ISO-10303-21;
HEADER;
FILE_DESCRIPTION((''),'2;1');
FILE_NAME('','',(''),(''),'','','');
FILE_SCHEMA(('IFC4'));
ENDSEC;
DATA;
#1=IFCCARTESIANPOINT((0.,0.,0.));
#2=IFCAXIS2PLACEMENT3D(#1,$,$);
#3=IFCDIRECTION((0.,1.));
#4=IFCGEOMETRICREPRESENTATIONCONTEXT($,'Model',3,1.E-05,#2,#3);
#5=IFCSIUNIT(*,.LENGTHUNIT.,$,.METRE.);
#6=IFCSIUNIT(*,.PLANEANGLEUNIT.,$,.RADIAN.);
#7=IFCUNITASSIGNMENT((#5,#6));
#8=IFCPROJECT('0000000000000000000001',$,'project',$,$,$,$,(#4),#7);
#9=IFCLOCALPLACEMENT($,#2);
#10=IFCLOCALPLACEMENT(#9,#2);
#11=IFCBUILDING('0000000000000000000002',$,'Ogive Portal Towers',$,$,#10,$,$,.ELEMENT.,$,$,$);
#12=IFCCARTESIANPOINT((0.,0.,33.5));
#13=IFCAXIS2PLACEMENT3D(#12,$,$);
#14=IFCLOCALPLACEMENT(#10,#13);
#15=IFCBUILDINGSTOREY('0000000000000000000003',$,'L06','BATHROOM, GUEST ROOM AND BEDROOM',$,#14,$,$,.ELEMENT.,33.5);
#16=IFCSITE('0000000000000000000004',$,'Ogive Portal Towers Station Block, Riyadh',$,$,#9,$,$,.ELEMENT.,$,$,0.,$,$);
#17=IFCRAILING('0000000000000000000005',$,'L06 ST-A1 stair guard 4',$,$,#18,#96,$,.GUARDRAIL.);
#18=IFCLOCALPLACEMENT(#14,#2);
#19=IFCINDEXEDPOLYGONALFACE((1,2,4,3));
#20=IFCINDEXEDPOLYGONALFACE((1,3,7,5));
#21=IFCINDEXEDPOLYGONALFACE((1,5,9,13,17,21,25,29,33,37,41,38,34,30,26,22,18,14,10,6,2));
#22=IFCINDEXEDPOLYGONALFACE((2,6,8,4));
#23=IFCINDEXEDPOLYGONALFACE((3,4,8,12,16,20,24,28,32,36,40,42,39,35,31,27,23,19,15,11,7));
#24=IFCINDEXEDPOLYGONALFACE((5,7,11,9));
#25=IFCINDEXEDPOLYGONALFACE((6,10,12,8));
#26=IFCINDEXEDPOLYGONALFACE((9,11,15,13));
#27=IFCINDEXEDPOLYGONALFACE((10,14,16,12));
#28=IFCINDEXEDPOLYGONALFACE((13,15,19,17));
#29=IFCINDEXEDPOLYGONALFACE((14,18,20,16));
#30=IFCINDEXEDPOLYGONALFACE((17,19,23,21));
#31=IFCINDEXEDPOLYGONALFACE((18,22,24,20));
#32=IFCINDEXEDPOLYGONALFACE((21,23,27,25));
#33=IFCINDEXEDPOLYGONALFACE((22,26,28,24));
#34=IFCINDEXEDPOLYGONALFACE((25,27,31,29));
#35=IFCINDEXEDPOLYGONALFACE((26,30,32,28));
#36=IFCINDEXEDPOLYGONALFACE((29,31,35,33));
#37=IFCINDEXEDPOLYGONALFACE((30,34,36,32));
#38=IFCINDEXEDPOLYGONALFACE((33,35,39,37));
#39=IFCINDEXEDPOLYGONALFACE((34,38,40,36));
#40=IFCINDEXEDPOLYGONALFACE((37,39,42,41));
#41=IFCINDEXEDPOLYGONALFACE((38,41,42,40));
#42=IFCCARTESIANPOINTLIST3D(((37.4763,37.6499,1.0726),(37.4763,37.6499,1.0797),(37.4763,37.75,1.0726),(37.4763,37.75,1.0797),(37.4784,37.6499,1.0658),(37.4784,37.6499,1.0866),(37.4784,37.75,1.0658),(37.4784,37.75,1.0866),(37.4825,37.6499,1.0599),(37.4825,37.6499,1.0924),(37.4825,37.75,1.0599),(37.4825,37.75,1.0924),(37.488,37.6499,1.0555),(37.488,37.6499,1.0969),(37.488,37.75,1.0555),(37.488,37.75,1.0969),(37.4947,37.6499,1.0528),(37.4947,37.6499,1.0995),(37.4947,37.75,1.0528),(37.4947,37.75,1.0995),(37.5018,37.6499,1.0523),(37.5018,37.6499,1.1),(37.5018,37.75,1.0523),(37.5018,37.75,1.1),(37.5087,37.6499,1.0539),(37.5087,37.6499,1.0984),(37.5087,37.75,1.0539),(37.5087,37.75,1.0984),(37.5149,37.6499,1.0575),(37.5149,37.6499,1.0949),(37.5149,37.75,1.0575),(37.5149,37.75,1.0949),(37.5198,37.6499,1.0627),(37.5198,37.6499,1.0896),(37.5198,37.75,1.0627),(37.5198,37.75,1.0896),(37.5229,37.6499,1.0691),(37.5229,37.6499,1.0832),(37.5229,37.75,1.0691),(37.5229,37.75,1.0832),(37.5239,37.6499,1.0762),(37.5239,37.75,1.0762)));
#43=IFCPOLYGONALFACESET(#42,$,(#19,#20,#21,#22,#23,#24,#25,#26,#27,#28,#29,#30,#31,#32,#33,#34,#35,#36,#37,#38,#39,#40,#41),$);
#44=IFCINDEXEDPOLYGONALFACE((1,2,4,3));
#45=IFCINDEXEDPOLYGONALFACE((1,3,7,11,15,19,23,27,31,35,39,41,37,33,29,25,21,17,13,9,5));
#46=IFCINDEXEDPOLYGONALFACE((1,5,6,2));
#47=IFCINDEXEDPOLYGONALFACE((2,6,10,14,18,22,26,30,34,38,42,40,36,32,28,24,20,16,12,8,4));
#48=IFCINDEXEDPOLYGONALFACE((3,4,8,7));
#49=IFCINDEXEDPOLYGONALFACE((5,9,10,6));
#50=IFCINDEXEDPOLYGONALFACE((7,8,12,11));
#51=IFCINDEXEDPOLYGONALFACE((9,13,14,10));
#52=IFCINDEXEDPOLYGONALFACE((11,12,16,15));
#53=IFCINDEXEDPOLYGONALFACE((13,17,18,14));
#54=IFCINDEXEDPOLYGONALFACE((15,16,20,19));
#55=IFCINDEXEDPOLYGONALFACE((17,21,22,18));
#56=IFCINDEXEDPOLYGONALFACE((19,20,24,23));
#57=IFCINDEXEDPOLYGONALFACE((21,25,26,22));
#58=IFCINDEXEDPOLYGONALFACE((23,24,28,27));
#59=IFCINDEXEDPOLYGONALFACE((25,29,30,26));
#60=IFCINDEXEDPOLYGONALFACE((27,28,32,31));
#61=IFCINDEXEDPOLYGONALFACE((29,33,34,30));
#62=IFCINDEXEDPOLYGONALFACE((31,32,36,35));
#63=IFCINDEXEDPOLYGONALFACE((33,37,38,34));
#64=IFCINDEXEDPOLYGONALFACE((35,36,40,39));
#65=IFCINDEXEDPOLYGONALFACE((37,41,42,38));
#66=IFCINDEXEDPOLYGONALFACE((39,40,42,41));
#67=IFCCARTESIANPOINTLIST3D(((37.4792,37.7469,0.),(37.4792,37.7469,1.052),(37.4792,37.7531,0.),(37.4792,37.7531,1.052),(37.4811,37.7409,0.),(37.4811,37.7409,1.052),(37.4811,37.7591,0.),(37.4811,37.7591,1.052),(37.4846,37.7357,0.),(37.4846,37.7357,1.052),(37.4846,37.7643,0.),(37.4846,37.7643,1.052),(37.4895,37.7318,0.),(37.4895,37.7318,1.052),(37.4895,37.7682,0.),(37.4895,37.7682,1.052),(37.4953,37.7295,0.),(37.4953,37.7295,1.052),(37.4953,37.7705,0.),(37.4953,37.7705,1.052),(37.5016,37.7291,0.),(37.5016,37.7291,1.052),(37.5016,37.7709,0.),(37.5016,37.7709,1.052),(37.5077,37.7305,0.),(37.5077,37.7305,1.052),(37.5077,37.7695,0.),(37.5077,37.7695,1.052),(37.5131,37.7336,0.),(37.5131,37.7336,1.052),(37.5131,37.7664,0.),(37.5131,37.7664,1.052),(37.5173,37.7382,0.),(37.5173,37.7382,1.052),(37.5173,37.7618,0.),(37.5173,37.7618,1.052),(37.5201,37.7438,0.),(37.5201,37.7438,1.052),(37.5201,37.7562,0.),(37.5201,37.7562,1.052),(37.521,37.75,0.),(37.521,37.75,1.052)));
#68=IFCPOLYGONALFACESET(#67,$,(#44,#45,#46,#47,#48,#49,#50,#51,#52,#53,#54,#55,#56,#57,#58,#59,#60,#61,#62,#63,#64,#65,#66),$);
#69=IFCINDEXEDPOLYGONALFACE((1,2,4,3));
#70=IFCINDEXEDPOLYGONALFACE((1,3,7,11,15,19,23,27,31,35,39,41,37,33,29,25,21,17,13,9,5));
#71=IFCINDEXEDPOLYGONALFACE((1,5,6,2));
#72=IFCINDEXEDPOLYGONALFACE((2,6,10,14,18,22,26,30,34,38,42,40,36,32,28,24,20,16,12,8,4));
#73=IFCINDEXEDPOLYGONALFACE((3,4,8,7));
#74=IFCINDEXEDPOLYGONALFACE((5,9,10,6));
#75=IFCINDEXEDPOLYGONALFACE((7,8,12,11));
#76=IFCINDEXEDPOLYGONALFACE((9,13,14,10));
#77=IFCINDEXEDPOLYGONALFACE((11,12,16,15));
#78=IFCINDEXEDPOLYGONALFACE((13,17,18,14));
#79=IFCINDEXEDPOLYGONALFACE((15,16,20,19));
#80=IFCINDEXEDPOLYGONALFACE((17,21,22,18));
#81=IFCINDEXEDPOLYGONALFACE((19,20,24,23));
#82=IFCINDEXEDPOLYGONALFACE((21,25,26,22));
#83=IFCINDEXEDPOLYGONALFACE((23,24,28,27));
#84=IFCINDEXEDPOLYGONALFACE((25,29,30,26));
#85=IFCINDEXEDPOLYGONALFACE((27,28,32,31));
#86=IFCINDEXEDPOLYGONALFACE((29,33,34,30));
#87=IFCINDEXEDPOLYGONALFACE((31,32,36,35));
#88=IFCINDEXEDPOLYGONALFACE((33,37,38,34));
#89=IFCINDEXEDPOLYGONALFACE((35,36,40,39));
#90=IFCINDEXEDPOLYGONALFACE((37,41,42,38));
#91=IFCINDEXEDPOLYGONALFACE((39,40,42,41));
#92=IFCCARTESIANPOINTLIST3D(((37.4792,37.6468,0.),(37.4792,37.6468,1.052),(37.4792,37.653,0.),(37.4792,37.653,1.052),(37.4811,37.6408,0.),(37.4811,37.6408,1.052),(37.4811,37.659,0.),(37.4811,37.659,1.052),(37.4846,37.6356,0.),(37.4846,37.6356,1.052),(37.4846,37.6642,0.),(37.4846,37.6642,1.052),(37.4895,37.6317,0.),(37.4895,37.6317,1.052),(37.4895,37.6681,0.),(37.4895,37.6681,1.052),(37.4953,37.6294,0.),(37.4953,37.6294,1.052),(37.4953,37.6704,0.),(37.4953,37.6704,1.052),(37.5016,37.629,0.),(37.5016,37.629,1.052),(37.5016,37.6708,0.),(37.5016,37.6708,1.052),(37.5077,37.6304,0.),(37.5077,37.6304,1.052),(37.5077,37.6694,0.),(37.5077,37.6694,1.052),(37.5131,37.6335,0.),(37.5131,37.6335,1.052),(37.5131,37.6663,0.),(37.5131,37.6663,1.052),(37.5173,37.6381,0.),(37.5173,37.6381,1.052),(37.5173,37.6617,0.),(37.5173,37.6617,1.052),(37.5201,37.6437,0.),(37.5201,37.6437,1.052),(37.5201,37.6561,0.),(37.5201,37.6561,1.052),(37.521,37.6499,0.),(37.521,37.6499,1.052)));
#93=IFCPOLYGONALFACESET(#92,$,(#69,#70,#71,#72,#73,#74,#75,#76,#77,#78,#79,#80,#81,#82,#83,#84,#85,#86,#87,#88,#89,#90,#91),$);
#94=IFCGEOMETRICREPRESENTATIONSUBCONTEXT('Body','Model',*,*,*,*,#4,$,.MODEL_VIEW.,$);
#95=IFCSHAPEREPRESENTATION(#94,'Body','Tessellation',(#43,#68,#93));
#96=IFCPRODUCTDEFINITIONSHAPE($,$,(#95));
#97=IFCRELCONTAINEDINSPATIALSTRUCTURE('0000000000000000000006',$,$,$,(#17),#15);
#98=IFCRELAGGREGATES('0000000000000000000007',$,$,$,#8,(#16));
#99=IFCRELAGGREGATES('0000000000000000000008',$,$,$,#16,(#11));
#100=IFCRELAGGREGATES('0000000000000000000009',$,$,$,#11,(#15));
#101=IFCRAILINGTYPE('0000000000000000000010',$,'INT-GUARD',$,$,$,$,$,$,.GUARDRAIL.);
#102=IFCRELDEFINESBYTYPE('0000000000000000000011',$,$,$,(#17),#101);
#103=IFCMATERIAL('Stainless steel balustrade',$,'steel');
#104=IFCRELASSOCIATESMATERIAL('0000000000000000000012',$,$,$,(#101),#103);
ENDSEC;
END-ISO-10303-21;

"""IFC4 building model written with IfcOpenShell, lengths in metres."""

from ifc_helpers import new_model, si_unit, direction, frame, origin, origin_2d, place, context, subcontext, project, spatial, circle, extrude, material, type_object, element, save


model = new_model("IFC4")

# Units and contexts
model_context = context("Model", 3, precision=1e-05, world=origin(), true_north=direction((0.0, 1.0)))
body_context = subcontext(model_context, "Body", "Model", "MODEL_VIEW")
ifc_project = project(units=[si_unit("LENGTHUNIT", "METRE"), si_unit("PLANEANGLEUNIT", "RADIAN")], contexts=[model_context])

# Site, building, storey
site_placement = place(None, origin())
site = spatial("IfcSite", under=ifc_project, at=site_placement, Name="Ogive Portal Towers Station Block, Riyadh", CompositionType="ELEMENT", RefElevation=0.0)
building_placement = place(site_placement, origin())
building = spatial("IfcBuilding", under=site, at=building_placement, Name="Ogive Portal Towers", CompositionType="ELEMENT")
storey_placement = place(building_placement, frame((0.0, 0.0, 33.5)))
storey = spatial("IfcBuildingStorey", under=building, at=storey_placement, Name="L06", Description="BATHROOM, GUEST ROOM AND BEDROOM", CompositionType="ELEMENT", Elevation=33.5)

# Railing
ifc_material_1 = material(Name="Stainless steel balustrade", Category="steel")
railing_type_1 = type_object("IfcRailingType", Name="INT-GUARD", PredefinedType="GUARDRAIL", material=ifc_material_1)
railing_1_placement = place(storey_placement, frame((37.5, 37.75, 0.0)))
element("IfcRailing", 1, at=railing_1_placement, inside=storey, type_object=railing_type_1, Name="L06 ST-A1 stair guard 4", PredefinedType="GUARDRAIL", context=body_context, shape_type="SweptSolid", body=[
    extrude(circle(Radius=0.0239, at=origin_2d()), frame((0.0, 0.0, 1.0762), z_axis=(0.0, -1.0, 0.0), x_axis=(1.0, 0.0, 0.0)), (0.0, 0.0, 1.0), 0.1001),
    extrude(circle(Radius=0.021, at=origin_2d()), origin(), (0.0, 0.0, 1.0), 1.052),
    extrude(circle(Radius=0.021, at=origin_2d()), frame((0.0, -0.1001, 0.0)), (0.0, 0.0, 1.0), 1.052),
])

save(model, "model.ifc")
